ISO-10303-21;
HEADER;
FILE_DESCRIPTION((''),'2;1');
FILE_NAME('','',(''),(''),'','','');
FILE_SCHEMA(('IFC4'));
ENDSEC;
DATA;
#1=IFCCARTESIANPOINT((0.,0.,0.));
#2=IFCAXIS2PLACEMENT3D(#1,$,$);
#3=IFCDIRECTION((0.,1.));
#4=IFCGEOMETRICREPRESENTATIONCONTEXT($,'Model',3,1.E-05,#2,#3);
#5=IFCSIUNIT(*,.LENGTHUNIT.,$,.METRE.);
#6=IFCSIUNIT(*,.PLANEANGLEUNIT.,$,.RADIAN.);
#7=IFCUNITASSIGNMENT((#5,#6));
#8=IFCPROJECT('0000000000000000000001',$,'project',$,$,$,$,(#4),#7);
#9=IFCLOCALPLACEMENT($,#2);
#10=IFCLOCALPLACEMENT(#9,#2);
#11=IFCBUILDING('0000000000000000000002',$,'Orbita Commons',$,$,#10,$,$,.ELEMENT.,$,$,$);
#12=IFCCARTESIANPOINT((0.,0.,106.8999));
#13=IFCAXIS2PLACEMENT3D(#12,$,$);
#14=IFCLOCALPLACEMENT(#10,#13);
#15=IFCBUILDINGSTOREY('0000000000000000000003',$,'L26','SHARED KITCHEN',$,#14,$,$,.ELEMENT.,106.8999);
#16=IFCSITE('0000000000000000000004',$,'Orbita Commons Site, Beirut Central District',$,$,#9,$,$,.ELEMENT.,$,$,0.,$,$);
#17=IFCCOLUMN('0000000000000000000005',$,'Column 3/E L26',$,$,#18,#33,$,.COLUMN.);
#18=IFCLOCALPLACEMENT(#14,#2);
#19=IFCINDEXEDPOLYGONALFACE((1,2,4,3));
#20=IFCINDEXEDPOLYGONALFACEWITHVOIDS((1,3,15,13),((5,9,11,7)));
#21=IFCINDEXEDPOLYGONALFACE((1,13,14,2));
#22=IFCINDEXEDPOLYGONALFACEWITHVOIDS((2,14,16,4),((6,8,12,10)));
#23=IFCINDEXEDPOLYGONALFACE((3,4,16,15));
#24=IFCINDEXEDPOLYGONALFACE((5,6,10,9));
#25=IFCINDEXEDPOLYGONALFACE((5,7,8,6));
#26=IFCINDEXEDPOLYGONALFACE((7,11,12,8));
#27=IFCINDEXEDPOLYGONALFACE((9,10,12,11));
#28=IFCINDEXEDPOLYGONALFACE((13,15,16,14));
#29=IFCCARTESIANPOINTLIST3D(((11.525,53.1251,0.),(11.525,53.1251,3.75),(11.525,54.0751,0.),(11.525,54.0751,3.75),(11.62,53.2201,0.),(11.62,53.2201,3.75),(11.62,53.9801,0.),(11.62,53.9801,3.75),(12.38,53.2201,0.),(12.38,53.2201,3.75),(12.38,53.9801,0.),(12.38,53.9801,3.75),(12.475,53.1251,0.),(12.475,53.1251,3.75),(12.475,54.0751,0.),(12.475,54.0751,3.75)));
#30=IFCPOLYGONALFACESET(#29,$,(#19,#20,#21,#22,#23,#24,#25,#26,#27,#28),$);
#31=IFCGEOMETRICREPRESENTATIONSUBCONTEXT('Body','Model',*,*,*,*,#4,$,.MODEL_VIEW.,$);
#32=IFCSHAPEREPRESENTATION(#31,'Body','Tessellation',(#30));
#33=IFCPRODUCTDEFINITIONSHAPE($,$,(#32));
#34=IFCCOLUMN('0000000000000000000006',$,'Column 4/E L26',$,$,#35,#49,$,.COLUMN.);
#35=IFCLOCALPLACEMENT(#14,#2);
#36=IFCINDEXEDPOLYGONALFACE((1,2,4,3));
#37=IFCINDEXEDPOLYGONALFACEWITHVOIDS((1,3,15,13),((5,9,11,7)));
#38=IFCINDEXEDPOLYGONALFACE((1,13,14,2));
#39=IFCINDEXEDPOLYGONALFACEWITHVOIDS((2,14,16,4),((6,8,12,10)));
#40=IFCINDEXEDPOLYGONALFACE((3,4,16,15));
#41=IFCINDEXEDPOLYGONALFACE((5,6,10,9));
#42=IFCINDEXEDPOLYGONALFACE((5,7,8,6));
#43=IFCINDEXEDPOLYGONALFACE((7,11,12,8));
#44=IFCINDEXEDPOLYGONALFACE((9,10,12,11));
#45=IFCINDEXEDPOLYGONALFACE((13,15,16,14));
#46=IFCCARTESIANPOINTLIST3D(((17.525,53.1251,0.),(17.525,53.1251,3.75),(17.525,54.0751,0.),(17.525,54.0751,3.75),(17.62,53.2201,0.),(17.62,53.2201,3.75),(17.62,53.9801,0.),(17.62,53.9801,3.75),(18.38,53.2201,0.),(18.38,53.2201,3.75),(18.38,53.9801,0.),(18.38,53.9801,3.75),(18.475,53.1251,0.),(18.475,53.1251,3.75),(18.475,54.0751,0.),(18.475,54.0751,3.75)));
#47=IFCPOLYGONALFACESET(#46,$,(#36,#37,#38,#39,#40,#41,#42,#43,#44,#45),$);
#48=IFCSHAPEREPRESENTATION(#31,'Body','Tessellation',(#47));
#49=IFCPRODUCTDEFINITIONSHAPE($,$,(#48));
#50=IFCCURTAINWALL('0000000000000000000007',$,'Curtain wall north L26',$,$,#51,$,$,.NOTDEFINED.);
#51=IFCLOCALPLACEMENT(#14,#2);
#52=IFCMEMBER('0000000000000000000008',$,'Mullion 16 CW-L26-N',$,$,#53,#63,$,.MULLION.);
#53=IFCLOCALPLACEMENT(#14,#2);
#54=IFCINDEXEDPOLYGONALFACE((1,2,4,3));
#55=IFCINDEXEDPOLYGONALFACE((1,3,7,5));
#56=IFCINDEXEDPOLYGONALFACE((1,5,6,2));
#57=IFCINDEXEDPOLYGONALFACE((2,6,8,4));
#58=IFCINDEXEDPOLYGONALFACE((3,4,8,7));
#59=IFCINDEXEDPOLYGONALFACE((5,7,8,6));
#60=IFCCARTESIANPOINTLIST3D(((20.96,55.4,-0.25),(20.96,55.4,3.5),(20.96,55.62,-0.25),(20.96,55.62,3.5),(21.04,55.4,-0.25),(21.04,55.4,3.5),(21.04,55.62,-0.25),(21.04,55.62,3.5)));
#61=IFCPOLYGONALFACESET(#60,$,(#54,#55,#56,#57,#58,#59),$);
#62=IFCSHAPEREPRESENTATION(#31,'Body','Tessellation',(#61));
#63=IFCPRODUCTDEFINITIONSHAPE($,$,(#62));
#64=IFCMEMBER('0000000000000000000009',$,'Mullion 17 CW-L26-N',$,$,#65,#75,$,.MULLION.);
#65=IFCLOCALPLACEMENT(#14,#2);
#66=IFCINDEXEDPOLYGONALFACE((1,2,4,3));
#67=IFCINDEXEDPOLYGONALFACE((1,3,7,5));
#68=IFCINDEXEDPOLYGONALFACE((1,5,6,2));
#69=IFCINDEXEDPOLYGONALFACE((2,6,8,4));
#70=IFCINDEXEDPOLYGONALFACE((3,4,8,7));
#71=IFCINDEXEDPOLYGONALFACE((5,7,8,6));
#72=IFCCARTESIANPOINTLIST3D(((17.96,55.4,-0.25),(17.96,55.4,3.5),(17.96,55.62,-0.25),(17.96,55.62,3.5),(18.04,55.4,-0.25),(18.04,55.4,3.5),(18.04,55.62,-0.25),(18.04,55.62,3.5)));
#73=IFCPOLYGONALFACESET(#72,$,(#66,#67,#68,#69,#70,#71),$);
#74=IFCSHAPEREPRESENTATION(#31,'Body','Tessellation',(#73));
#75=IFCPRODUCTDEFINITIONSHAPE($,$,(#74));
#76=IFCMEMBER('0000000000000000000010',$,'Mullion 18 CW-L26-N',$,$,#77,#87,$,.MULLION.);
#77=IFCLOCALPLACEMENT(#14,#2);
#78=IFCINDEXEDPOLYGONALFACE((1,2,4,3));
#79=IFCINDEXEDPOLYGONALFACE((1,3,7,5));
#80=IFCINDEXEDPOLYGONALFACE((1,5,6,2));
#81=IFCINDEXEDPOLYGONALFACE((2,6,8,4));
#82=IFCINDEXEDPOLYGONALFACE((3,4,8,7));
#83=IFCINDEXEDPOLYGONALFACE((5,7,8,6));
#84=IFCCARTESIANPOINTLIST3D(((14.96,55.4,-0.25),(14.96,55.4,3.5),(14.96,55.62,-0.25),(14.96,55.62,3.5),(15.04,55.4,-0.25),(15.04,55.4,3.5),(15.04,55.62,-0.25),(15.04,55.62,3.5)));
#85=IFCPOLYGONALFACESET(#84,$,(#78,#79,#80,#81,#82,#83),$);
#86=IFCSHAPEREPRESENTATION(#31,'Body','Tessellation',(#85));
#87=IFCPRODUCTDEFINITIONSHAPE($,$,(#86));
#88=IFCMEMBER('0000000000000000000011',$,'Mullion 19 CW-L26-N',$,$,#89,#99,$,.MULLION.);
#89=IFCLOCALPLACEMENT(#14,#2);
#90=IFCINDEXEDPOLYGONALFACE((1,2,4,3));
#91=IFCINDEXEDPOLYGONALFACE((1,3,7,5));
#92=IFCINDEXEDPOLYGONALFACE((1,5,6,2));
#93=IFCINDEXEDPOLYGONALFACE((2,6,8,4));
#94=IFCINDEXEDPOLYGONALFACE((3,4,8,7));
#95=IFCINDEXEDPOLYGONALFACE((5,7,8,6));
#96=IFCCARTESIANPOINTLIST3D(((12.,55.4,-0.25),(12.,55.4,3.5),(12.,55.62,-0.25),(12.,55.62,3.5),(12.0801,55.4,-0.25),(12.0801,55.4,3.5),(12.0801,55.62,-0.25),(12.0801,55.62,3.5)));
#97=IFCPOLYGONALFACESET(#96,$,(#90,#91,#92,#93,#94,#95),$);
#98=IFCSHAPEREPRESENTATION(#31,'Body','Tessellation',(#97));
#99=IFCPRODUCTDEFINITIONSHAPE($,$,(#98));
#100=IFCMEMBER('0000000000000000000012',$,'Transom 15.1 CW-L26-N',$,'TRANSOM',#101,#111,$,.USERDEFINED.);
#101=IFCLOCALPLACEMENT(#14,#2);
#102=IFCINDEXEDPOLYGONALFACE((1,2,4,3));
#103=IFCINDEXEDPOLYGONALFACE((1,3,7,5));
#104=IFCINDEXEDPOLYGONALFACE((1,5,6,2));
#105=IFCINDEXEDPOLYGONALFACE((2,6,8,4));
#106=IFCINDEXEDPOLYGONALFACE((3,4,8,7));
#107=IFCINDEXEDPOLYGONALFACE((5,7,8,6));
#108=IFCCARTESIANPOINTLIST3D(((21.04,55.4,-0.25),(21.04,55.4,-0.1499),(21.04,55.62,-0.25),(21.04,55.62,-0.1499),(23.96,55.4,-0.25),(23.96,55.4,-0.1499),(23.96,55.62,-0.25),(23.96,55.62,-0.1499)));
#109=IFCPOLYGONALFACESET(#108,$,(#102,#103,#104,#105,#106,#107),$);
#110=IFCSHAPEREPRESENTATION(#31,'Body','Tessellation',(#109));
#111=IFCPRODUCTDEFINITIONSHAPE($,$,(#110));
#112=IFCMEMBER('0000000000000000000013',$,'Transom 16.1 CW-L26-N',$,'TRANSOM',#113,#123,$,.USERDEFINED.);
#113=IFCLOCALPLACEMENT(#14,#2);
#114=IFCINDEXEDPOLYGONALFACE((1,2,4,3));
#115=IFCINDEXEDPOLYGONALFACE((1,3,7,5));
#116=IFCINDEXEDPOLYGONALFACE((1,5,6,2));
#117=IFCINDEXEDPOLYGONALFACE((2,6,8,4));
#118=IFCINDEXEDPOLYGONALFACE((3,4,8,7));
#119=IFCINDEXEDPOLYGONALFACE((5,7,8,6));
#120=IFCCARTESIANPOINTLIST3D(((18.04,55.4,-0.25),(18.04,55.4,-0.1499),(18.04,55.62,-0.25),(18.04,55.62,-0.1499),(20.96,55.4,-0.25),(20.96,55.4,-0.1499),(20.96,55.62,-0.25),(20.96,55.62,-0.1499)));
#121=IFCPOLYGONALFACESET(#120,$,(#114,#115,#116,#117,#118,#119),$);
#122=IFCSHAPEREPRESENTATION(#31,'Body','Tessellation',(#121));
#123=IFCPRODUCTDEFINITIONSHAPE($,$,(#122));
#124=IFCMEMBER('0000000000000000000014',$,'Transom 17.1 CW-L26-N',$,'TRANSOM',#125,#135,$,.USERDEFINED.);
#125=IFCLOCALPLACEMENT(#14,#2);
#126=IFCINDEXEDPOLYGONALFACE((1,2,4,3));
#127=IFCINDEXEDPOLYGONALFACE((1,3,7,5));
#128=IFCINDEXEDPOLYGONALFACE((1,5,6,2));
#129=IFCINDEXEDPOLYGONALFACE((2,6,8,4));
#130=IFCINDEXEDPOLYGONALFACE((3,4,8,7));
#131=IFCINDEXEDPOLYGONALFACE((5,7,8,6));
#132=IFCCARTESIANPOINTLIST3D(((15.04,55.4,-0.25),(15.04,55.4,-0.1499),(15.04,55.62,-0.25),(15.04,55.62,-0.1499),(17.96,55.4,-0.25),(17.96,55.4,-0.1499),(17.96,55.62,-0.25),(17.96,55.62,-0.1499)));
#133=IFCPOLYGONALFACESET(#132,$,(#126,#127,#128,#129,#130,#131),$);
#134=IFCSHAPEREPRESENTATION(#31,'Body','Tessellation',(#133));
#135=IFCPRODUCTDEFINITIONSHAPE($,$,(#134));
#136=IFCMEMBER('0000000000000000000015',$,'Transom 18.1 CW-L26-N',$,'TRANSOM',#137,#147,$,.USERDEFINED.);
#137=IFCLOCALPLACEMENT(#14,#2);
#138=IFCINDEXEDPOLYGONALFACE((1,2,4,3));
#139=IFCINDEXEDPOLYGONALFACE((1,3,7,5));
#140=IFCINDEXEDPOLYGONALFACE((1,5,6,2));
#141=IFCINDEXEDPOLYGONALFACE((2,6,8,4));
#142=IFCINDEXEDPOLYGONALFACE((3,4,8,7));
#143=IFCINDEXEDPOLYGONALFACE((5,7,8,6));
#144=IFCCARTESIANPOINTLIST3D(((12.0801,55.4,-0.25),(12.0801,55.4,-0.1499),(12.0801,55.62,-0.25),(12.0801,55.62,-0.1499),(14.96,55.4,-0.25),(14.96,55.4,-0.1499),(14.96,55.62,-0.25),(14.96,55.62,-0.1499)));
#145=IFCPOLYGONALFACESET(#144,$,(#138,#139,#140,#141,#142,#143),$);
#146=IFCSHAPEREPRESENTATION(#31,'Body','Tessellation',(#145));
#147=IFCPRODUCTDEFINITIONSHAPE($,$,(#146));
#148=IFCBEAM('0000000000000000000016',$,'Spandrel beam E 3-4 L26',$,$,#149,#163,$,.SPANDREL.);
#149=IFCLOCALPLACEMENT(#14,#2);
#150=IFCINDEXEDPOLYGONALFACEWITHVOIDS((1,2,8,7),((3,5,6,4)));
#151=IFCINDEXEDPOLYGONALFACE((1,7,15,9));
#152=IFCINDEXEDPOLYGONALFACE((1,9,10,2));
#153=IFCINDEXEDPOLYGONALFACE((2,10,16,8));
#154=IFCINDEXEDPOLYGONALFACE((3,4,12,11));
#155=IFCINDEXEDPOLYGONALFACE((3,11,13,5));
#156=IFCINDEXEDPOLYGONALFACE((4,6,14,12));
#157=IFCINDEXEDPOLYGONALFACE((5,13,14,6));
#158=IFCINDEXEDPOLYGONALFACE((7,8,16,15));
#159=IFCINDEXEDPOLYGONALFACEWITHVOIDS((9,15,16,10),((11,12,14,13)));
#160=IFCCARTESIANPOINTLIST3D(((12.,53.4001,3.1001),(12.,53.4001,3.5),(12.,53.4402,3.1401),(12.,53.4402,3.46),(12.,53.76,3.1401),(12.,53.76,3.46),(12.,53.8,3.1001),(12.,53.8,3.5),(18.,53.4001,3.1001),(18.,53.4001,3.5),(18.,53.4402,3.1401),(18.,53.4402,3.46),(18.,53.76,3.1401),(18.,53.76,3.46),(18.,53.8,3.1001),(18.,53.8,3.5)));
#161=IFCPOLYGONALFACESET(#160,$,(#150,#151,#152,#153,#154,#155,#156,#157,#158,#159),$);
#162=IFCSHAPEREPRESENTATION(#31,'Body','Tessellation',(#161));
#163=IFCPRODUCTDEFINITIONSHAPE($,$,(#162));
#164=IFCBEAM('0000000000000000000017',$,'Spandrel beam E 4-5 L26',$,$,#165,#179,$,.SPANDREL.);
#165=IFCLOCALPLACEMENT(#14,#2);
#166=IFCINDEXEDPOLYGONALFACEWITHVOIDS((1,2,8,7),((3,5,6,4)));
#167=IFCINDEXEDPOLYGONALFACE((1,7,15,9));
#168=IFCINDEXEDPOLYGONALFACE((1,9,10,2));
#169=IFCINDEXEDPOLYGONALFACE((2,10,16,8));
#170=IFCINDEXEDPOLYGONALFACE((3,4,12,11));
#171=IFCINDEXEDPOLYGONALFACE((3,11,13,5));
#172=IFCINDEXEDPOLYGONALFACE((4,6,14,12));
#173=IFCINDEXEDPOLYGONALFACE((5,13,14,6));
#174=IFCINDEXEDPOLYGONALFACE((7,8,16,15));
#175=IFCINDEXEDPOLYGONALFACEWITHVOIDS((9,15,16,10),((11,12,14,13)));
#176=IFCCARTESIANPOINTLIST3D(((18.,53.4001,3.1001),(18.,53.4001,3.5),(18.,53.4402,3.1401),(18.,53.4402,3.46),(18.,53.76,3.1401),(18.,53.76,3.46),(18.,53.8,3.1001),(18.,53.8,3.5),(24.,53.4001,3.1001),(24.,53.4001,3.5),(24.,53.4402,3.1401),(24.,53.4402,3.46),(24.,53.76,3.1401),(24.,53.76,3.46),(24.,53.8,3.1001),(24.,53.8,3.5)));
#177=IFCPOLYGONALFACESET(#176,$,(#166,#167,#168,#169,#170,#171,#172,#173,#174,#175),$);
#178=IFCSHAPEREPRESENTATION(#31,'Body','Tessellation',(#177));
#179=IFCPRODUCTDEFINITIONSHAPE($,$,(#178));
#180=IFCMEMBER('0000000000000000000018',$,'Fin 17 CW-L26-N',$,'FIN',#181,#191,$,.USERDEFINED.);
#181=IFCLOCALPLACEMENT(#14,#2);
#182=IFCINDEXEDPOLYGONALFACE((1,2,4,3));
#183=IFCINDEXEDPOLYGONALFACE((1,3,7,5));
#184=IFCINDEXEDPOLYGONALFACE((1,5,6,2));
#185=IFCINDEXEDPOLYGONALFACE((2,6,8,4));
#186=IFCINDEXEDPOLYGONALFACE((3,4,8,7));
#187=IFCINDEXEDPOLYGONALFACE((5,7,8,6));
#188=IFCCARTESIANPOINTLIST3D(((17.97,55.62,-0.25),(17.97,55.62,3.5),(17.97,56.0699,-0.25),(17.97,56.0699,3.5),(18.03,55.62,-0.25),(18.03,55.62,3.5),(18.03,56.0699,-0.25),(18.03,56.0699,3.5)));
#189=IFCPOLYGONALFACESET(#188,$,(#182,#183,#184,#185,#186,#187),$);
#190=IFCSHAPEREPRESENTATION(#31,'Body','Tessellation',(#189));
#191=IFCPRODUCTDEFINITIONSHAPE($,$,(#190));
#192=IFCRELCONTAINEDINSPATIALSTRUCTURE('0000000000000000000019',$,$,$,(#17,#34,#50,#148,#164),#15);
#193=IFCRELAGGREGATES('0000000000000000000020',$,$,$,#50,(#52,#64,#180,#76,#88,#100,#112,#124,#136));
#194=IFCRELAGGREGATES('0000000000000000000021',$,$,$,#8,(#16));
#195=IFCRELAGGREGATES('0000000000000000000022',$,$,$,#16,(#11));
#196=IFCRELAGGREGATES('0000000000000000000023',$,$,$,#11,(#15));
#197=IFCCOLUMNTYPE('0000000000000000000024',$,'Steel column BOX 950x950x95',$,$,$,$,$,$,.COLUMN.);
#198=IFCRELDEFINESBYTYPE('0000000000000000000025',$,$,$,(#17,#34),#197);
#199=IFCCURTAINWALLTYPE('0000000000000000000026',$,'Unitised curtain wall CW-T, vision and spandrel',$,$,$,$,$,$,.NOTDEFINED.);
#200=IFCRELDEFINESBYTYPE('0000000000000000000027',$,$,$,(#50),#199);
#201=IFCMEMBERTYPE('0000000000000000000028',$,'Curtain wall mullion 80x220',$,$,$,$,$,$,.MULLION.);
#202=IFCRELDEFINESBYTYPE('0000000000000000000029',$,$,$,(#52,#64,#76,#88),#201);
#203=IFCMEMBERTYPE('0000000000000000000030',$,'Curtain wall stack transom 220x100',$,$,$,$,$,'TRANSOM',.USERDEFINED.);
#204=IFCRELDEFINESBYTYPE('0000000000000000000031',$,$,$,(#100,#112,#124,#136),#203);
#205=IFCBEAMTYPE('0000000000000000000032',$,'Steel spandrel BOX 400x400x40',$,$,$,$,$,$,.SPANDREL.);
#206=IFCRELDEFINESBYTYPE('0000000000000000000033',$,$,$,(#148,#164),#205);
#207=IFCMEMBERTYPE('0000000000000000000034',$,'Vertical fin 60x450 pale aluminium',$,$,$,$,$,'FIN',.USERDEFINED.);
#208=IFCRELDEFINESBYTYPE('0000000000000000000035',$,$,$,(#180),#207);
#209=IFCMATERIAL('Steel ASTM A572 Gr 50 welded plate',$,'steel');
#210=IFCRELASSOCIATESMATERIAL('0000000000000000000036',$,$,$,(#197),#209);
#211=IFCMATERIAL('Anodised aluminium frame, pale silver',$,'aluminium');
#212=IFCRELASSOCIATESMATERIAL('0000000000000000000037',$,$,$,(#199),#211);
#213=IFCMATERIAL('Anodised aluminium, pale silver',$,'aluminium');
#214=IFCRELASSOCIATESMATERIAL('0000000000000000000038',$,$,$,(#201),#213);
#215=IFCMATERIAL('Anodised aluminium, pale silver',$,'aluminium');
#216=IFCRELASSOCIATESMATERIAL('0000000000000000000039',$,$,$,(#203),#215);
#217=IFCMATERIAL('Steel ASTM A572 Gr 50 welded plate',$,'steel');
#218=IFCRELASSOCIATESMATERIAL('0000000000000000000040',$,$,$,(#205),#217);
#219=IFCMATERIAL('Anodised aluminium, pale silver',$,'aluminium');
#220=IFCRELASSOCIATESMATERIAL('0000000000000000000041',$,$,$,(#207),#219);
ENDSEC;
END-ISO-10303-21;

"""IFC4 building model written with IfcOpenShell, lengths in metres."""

from ifc_helpers import new_model, si_unit, direction, frame, origin, origin_2d, place, context, subcontext, project, spatial, rectangle, hollow_rectangle, extrude, material, material_profile, profile_set, type_object, element, aggregate, save


model = new_model("IFC4")

# Units and contexts
model_context = context("Model", 3, precision=1e-05, world=origin(), true_north=direction((0.0, 1.0)))
body_context = subcontext(model_context, "Body", "Model", "MODEL_VIEW")
ifc_project = project(units=[si_unit("LENGTHUNIT", "METRE"), si_unit("PLANEANGLEUNIT", "RADIAN")], contexts=[model_context])

# Site, building, storey
site_placement = place(None, origin())
site = spatial("IfcSite", under=ifc_project, at=site_placement, Name="Orbita Commons Site, Beirut Central District", CompositionType="ELEMENT", RefElevation=0.0)
building_placement = place(site_placement, origin())
building = spatial("IfcBuilding", under=site, at=building_placement, Name="Orbita Commons", CompositionType="ELEMENT")
storey_placement = place(building_placement, frame((0.0, 0.0, 106.8999)))
storey = spatial("IfcBuildingStorey", under=building, at=storey_placement, Name="L26", Description="SHARED KITCHEN", CompositionType="ELEMENT", Elevation=106.8999)

# Columns
ifc_material_1 = material(Name="Steel ASTM A572 Gr 50 welded plate", Category="steel")
ifc_material_profile_1 = material_profile(ifc_material_1, hollow_rectangle(XDim=0.95, YDim=0.95, WallThickness=0.095, at=origin_2d()), Name="BOX 950x950x95")
ifc_profile_set_1 = profile_set([ifc_material_profile_1], Name="Steel ASTM A572 Gr 50 welded plate")
column_type = type_object("IfcColumnType", Name="Steel column BOX 950x950x95", PredefinedType="COLUMN", material=ifc_profile_set_1)
for number, where, z_axis, x_axis, name in (
    (1, (12.0, 53.6001, 0.0), (0.0, 0.0, 1.0), (1.0, 0.0, 0.0), "Column 3/E L26"),
    (2, (18.0, 53.6001, 0.0), (0.0, 0.0, 1.0), (1.0, 0.0, 0.0), "Column 4/E L26"),
):
    element("IfcColumn", number, at=place(storey_placement, frame(where, z_axis=z_axis, x_axis=x_axis)), inside=storey, type_object=column_type, Name=name, PredefinedType="COLUMN", context=body_context, shape_type="SweptSolid", body=[
        extrude(hollow_rectangle(XDim=0.95, YDim=0.95, WallThickness=0.095, at=origin_2d()), origin(), (0.0, 0.0, 1.0), 3.75),
    ])

# Curtain wall, members
ifc_material_2 = material(Name="Anodised aluminium frame, pale silver", Category="aluminium")
curtain_wall_type = type_object("IfcCurtainWallType", Name="Unitised curtain wall CW-T, vision and spandrel", PredefinedType="NOTDEFINED", material=ifc_material_2)
curtain_wall_placement = place(storey_placement, origin())
curtain_wall = element("IfcCurtainWall", 3, at=curtain_wall_placement, inside=storey, type_object=curtain_wall_type, Name="Curtain wall north L26", PredefinedType="NOTDEFINED")
ifc_material_3 = material(Name="Anodised aluminium, pale silver", Category="aluminium")
ifc_material_profile_2 = material_profile(ifc_material_3, rectangle(XDim=0.0801, YDim=0.22, at=origin_2d()), Name="AL 80x220")
ifc_profile_set_2 = profile_set([ifc_material_profile_2], Name="Anodised aluminium, pale silver")
member_type_1 = type_object("IfcMemberType", Name="Curtain wall mullion 80x220", PredefinedType="MULLION", material=ifc_profile_set_2)
member_1_placement = place(storey_placement, frame((21.0, 55.51, -0.25), z_axis=(0.0, 0.0, 1.0), x_axis=(-1.0, 0.0, 0.0)))
member_1 = element("IfcMember", 4, at=member_1_placement, type_object=member_type_1, Name="Mullion 16 CW-L26-N", PredefinedType="MULLION", context=body_context, shape_type="SweptSolid", body=[
    extrude(rectangle(XDim=0.0801, YDim=0.22, at=origin_2d()), origin(), (0.0, 0.0, 1.0), 3.75),
])
member_2_placement = place(storey_placement, frame((18.0, 55.51, -0.25), z_axis=(0.0, 0.0, 1.0), x_axis=(-1.0, 0.0, 0.0)))
member_2 = element("IfcMember", 5, at=member_2_placement, type_object=member_type_1, Name="Mullion 17 CW-L26-N", PredefinedType="MULLION", context=body_context, shape_type="SweptSolid", body=[
    extrude(rectangle(XDim=0.0801, YDim=0.22, at=origin_2d()), origin(), (0.0, 0.0, 1.0), 3.75),
])
member_3_placement = place(storey_placement, frame((15.0, 55.51, -0.25), z_axis=(0.0, 0.0, 1.0), x_axis=(-1.0, 0.0, 0.0)))
member_3 = element("IfcMember", 6, at=member_3_placement, type_object=member_type_1, Name="Mullion 18 CW-L26-N", PredefinedType="MULLION", context=body_context, shape_type="SweptSolid", body=[
    extrude(rectangle(XDim=0.0801, YDim=0.22, at=origin_2d()), origin(), (0.0, 0.0, 1.0), 3.75),
])
member_4_placement = place(storey_placement, frame((12.04, 55.51, -0.25), z_axis=(0.0, 0.0, 1.0), x_axis=(-1.0, 0.0, 0.0)))
member_4 = element("IfcMember", 7, at=member_4_placement, type_object=member_type_1, Name="Mullion 19 CW-L26-N", PredefinedType="MULLION", context=body_context, shape_type="SweptSolid", body=[
    extrude(rectangle(XDim=0.0801, YDim=0.22, at=origin_2d()), origin(), (0.0, 0.0, 1.0), 3.75),
])
ifc_material_4 = material(Name="Anodised aluminium, pale silver", Category="aluminium")
ifc_material_profile_3 = material_profile(ifc_material_4, rectangle(XDim=0.22, YDim=0.1001, at=origin_2d()), Name="AL 220x100")
ifc_profile_set_3 = profile_set([ifc_material_profile_3], Name="Anodised aluminium, pale silver")
member_type_2 = type_object("IfcMemberType", Name="Curtain wall stack transom 220x100", ElementType="TRANSOM", PredefinedType="USERDEFINED", material=ifc_profile_set_3)
member_5_placement = place(storey_placement, frame((23.96, 55.51, -0.2), z_axis=(-1.0, 0.0, 0.0), x_axis=(0.0, -1.0, 0.0)))
member_5 = element("IfcMember", 8, at=member_5_placement, type_object=member_type_2, Name="Transom 15.1 CW-L26-N", ObjectType="TRANSOM", PredefinedType="USERDEFINED", context=body_context, shape_type="SweptSolid", body=[
    extrude(rectangle(XDim=0.22, YDim=0.1001, at=origin_2d()), origin(), (0.0, 0.0, 1.0), 2.9199),
])
member_6_placement = place(storey_placement, frame((20.96, 55.51, -0.2), z_axis=(-1.0, 0.0, 0.0), x_axis=(0.0, -1.0, 0.0)))
member_6 = element("IfcMember", 9, at=member_6_placement, type_object=member_type_2, Name="Transom 16.1 CW-L26-N", ObjectType="TRANSOM", PredefinedType="USERDEFINED", context=body_context, shape_type="SweptSolid", body=[
    extrude(rectangle(XDim=0.22, YDim=0.1001, at=origin_2d()), origin(), (0.0, 0.0, 1.0), 2.9199),
])
member_7_placement = place(storey_placement, frame((17.96, 55.51, -0.2), z_axis=(-1.0, 0.0, 0.0), x_axis=(0.0, -1.0, 0.0)))
member_7 = element("IfcMember", 10, at=member_7_placement, type_object=member_type_2, Name="Transom 17.1 CW-L26-N", ObjectType="TRANSOM", PredefinedType="USERDEFINED", context=body_context, shape_type="SweptSolid", body=[
    extrude(rectangle(XDim=0.22, YDim=0.1001, at=origin_2d()), origin(), (0.0, 0.0, 1.0), 2.9199),
])
member_8_placement = place(storey_placement, frame((14.96, 55.51, -0.2), z_axis=(-1.0, 0.0, 0.0), x_axis=(0.0, -1.0, 0.0)))
member_8 = element("IfcMember", 11, at=member_8_placement, type_object=member_type_2, Name="Transom 18.1 CW-L26-N", ObjectType="TRANSOM", PredefinedType="USERDEFINED", context=body_context, shape_type="SweptSolid", body=[
    extrude(rectangle(XDim=0.22, YDim=0.1001, at=origin_2d()), origin(), (0.0, 0.0, 1.0), 2.8799),
])

# Beams
ifc_material_5 = material(Name="Steel ASTM A572 Gr 50 welded plate", Category="steel")
ifc_material_profile_4 = material_profile(ifc_material_5, hollow_rectangle(XDim=0.3999, YDim=0.3999, WallThickness=0.04, at=origin_2d()), Name="BOX 400x400x40")
ifc_profile_set_4 = profile_set([ifc_material_profile_4], Name="Steel ASTM A572 Gr 50 welded plate")
beam_type = type_object("IfcBeamType", Name="Steel spandrel BOX 400x400x40", PredefinedType="SPANDREL", material=ifc_profile_set_4)
for number, where, z_axis, x_axis, name in (
    (12, (12.0, 53.6001, 3.3), (1.0, 0.0, 0.0), (0.0, 1.0, 0.0), "Spandrel beam E 3-4 L26"),
    (13, (18.0, 53.6001, 3.3), (1.0, 0.0, 0.0), (0.0, 1.0, 0.0), "Spandrel beam E 4-5 L26"),
):
    element("IfcBeam", number, at=place(storey_placement, frame(where, z_axis=z_axis, x_axis=x_axis)), inside=storey, type_object=beam_type, Name=name, PredefinedType="SPANDREL", context=body_context, shape_type="SweptSolid", body=[
        extrude(hollow_rectangle(XDim=0.3999, YDim=0.3999, WallThickness=0.04, at=origin_2d()), origin(), (0.0, 0.0, 1.0), 6.0),
    ])

# Member
ifc_material_6 = material(Name="Anodised aluminium, pale silver", Category="aluminium")
ifc_material_profile_5 = material_profile(ifc_material_6, rectangle(XDim=0.0601, YDim=0.45, at=origin_2d()), Name="FIN 60x450")
ifc_profile_set_5 = profile_set([ifc_material_profile_5], Name="Anodised aluminium, pale silver")
member_type_3 = type_object("IfcMemberType", Name="Vertical fin 60x450 pale aluminium", ElementType="FIN", PredefinedType="USERDEFINED", material=ifc_profile_set_5)
member_9_placement = place(storey_placement, frame((18.0, 55.845, -0.25), z_axis=(0.0, 0.0, 1.0), x_axis=(-1.0, 0.0, 0.0)))
member_9 = element("IfcMember", 14, at=member_9_placement, type_object=member_type_3, Name="Fin 17 CW-L26-N", ObjectType="FIN", PredefinedType="USERDEFINED", context=body_context, shape_type="SweptSolid", body=[
    extrude(rectangle(XDim=0.0601, YDim=0.45, at=origin_2d()), origin(), (0.0, 0.0, 1.0), 3.75),
])

aggregate(curtain_wall, [member_1, member_2, member_9, member_3, member_4, member_5, member_6, member_7, member_8])

save(model, "model.ifc")
